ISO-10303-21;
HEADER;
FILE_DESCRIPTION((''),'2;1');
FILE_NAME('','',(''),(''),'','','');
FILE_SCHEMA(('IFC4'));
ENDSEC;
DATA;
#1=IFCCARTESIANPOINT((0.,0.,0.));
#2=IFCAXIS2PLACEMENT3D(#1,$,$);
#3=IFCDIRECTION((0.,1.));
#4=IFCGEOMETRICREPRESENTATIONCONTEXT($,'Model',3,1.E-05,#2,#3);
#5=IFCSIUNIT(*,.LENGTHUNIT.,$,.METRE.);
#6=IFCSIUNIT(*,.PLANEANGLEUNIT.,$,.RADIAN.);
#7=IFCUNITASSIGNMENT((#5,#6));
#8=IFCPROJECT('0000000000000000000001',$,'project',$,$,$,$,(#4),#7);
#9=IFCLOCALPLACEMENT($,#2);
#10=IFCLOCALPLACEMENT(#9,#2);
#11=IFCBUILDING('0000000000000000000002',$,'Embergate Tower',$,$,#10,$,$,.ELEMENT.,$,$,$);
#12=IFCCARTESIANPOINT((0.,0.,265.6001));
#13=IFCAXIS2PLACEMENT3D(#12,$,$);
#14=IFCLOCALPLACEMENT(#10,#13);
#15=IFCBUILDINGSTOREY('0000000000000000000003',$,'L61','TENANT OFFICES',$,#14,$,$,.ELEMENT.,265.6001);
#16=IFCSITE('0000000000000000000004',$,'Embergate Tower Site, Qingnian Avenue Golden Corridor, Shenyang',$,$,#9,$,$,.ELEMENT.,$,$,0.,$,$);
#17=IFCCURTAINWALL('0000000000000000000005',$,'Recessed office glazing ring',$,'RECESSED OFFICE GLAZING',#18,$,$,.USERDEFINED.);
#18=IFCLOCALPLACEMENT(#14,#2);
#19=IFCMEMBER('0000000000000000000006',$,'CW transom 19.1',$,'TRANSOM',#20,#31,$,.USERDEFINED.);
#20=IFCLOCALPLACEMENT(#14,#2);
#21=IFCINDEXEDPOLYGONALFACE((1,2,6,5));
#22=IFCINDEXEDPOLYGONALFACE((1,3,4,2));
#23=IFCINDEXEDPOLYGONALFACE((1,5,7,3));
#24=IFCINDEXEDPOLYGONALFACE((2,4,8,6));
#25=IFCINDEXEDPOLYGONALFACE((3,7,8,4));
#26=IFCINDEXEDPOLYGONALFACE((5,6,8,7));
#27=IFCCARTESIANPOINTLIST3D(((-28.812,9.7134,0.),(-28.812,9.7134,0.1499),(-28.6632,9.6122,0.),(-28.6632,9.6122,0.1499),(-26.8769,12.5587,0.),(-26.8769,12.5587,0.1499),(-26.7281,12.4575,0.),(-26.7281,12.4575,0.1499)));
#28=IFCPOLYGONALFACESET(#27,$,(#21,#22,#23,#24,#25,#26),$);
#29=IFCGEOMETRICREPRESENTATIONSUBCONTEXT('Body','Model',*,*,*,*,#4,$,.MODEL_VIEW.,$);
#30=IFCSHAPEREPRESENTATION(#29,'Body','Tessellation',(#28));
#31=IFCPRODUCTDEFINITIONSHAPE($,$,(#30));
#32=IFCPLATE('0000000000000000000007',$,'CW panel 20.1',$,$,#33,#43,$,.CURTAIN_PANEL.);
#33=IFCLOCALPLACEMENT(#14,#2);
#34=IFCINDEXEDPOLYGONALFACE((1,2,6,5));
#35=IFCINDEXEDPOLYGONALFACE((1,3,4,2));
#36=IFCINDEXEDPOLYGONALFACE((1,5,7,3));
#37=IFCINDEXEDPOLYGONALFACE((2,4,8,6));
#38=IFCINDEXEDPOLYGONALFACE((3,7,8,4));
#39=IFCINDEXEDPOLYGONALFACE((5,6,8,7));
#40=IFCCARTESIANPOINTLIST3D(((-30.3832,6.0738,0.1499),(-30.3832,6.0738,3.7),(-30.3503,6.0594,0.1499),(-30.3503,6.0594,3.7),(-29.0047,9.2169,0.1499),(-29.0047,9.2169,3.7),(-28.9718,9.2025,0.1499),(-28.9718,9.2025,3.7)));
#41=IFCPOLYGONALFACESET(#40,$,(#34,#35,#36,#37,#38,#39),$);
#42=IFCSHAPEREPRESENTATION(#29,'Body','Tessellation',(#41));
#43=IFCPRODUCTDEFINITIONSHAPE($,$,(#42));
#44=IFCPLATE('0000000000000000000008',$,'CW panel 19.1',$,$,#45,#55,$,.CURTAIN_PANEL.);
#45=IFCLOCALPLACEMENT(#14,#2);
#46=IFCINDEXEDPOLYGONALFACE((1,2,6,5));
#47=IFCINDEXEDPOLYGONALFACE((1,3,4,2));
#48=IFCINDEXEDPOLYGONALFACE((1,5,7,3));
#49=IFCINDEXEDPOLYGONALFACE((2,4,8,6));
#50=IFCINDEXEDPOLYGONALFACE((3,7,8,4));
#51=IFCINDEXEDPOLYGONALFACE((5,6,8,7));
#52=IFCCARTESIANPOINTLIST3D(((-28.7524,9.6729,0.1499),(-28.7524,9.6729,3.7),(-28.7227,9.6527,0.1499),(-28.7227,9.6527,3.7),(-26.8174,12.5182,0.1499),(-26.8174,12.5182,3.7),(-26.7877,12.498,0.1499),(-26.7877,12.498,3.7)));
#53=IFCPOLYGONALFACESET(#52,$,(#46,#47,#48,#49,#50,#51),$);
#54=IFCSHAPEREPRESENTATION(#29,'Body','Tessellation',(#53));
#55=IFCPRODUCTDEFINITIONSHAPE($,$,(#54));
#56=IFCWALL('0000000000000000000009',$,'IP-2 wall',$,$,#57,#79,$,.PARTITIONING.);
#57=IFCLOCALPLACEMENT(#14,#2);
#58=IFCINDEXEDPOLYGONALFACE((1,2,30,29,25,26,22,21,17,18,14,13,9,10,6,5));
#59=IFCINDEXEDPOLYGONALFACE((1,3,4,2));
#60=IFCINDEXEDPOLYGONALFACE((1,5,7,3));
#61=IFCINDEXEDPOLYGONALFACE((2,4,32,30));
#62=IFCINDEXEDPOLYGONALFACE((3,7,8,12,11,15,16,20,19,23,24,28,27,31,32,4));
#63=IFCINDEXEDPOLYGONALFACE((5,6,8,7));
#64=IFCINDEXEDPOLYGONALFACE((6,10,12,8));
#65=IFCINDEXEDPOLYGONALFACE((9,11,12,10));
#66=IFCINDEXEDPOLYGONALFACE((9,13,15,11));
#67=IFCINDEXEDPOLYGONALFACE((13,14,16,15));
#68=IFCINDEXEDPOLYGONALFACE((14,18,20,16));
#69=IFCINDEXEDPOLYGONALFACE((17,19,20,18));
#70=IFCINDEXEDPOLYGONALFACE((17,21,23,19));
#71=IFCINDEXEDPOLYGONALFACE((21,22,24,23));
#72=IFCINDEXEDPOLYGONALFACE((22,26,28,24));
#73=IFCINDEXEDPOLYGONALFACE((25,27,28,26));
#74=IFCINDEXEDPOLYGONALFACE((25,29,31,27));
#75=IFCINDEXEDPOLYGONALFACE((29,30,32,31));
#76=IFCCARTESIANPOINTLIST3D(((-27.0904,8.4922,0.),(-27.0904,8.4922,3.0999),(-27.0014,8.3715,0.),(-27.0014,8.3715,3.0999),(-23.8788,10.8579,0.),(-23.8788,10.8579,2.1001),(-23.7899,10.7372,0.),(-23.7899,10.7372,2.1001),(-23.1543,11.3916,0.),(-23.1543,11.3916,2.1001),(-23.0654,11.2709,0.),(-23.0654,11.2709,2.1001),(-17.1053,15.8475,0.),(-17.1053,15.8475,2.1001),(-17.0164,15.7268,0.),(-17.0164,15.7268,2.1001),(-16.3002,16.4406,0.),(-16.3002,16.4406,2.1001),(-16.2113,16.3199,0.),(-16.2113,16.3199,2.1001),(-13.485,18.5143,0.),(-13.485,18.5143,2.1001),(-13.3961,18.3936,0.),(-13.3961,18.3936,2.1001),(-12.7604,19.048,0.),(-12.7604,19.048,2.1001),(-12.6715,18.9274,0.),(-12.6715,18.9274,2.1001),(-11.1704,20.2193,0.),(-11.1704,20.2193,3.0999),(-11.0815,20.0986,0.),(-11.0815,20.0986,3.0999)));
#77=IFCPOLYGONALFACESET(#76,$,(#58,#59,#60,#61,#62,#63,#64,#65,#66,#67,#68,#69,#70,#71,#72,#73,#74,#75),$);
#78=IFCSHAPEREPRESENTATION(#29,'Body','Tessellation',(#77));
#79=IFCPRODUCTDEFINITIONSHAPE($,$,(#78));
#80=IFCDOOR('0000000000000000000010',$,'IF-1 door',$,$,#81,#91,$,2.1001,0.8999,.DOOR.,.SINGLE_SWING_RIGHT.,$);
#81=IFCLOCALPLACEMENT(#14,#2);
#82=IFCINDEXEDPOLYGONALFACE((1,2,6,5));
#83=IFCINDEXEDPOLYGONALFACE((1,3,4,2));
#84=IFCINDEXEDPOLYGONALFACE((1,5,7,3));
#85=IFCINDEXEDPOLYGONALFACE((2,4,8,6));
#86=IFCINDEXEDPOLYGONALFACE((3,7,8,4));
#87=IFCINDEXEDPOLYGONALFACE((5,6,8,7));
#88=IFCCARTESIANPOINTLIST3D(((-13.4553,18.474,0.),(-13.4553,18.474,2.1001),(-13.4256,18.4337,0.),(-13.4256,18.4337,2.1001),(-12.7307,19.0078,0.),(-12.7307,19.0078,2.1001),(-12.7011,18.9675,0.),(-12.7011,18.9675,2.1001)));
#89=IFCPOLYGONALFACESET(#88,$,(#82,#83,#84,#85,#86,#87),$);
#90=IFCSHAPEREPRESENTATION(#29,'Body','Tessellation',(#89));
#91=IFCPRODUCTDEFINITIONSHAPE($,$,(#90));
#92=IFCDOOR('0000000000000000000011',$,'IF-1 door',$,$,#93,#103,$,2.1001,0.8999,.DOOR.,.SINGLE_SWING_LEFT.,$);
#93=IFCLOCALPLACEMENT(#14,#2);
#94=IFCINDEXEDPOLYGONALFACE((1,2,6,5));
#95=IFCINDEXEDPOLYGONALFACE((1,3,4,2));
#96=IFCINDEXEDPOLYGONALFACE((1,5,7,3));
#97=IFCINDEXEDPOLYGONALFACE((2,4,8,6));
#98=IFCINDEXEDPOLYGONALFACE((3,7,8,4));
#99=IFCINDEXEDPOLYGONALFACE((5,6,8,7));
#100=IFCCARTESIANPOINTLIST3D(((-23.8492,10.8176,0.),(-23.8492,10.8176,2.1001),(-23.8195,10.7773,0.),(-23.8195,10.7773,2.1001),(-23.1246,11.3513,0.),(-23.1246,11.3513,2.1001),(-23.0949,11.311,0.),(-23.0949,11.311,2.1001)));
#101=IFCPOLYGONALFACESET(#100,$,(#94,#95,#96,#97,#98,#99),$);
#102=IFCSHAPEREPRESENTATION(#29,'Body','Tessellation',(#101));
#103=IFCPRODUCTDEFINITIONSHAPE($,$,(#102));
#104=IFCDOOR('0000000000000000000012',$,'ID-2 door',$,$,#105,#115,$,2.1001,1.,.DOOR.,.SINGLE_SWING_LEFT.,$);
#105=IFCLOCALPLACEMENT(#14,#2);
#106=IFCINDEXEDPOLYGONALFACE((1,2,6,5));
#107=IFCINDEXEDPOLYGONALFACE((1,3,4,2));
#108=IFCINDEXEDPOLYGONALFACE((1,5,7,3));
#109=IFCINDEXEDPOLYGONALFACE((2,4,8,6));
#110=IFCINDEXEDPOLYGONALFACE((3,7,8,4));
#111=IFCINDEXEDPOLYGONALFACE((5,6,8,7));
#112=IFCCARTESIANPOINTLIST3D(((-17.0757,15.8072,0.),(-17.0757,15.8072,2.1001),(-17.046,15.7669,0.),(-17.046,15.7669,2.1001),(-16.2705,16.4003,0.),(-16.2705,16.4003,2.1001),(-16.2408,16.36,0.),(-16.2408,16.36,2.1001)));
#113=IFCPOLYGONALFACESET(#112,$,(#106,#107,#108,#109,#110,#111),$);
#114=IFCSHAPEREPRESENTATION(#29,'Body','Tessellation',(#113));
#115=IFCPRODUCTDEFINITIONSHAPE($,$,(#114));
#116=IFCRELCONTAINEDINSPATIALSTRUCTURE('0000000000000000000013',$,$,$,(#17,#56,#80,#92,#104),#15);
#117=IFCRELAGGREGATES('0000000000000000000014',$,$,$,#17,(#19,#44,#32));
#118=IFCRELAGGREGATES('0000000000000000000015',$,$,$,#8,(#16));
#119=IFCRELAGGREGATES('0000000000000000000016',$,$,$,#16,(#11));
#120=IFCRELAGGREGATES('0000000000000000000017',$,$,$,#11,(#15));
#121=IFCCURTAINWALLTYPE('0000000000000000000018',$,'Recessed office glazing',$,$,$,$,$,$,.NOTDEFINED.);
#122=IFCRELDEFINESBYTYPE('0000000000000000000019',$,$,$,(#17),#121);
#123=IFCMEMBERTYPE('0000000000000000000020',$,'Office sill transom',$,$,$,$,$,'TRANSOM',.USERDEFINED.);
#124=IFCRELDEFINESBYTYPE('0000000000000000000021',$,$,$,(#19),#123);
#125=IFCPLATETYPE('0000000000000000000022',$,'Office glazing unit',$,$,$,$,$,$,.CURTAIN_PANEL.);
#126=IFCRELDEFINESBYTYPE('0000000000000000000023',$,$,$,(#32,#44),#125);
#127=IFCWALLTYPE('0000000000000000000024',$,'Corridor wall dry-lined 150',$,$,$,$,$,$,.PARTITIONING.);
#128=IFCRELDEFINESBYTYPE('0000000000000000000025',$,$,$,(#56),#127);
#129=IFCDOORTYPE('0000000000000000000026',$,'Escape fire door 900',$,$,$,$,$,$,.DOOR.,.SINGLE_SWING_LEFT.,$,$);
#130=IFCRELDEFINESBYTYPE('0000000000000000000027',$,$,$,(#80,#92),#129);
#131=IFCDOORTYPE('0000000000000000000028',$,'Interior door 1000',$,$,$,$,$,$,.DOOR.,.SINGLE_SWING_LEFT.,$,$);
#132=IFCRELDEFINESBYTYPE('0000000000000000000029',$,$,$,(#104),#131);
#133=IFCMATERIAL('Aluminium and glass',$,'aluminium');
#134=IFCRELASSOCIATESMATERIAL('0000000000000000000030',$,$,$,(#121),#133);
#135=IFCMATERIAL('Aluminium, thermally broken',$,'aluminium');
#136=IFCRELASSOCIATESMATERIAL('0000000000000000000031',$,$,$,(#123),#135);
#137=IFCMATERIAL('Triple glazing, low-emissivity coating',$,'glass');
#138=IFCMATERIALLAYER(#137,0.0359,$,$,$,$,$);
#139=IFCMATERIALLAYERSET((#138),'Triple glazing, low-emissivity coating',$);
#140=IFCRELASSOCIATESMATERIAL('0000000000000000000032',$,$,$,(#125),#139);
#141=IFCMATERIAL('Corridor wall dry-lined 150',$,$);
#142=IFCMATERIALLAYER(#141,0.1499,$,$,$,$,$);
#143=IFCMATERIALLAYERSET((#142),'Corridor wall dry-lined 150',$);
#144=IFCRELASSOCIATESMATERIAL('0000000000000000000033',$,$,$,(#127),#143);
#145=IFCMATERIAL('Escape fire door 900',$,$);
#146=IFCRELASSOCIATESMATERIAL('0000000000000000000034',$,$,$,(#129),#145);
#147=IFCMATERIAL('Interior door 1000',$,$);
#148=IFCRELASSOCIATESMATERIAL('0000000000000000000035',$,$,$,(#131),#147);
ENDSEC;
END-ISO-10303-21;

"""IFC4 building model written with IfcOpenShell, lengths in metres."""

from ifc_helpers import new_model, si_unit, direction, frame, frame_2d, origin, origin_2d, place, context, subcontext, project, spatial, rectangle, extrude, source, transform, mapped, material, layer, layer_set, material_profile, profile_set, type_object, element, fill, aggregate, save


model = new_model("IFC4")

# Units and contexts
model_context = context("Model", 3, precision=1e-05, world=origin(), true_north=direction((0.0, 1.0)))
body_context = subcontext(model_context, "Body", "Model", "MODEL_VIEW")
ifc_project = project(units=[si_unit("LENGTHUNIT", "METRE"), si_unit("PLANEANGLEUNIT", "RADIAN")], contexts=[model_context])

# Site, building, storey
site_placement = place(None, origin())
site = spatial("IfcSite", under=ifc_project, at=site_placement, Name="Embergate Tower Site, Qingnian Avenue Golden Corridor, Shenyang", CompositionType="ELEMENT", RefElevation=0.0)
building_placement = place(site_placement, origin())
building = spatial("IfcBuilding", under=site, at=building_placement, Name="Embergate Tower", CompositionType="ELEMENT")
storey_placement = place(building_placement, frame((0.0, 0.0, 265.6001)))
storey = spatial("IfcBuildingStorey", under=building, at=storey_placement, Name="L61", Description="TENANT OFFICES", CompositionType="ELEMENT", Elevation=265.6001)

# Curtain wall, member, plates
ifc_material_1 = material(Name="Aluminium and glass", Category="aluminium")
curtain_wall_type = type_object("IfcCurtainWallType", Name="Recessed office glazing", PredefinedType="NOTDEFINED", material=ifc_material_1)
curtain_wall_placement = place(storey_placement, origin())
curtain_wall = element("IfcCurtainWall", 1, at=curtain_wall_placement, inside=storey, type_object=curtain_wall_type, Name="Recessed office glazing ring", ObjectType="RECESSED OFFICE GLAZING", PredefinedType="USERDEFINED")
ifc_material_2 = material(Name="Aluminium, thermally broken", Category="aluminium")
ifc_material_profile_1 = material_profile(ifc_material_2, rectangle(XDim=0.1799, YDim=0.1499, at=origin_2d()), Name="AL 150x180")
ifc_profile_set_1 = profile_set([ifc_material_profile_1], Name="Aluminium, thermally broken")
member_type_1 = type_object("IfcMemberType", Name="Office sill transom", ElementType="TRANSOM", PredefinedType="USERDEFINED", material=ifc_profile_set_1)
shared_shape_1 = source(origin(), body_context, "Body", "SweptSolid", [
    extrude(rectangle(XDim=0.1799, YDim=0.1499, at=origin_2d()), origin(), (0.0, 0.0, 1.0), 3.4409),
])
member_1_placement = place(storey_placement, frame((-26.8025, 12.5081, 0.075), z_axis=(-0.562372, -0.826884, 0.0), x_axis=(0.826884, -0.562372, 0.0)))
member_1 = element("IfcMember", 2, at=member_1_placement, type_object=member_type_1, Name="CW transom 19.1", ObjectType="TRANSOM", PredefinedType="USERDEFINED", context=body_context, shape_type="MappedRepresentation", body=[
    mapped(shared_shape_1, transform((0.0, 0.0, 0.0))),
])
ifc_material_3 = material(Name="Triple glazing, low-emissivity coating", Category="glass")
ifc_layer_1 = layer(ifc_material_3, 0.0359)
ifc_layer_set_1 = layer_set([ifc_layer_1], Name="Triple glazing, low-emissivity coating")
plate_type = type_object("IfcPlateType", Name="Office glazing unit", PredefinedType="CURTAIN_PANEL", material=ifc_layer_set_1)
shared_shape_2 = source(origin(), body_context, "Body", "SweptSolid", [
    extrude(rectangle(XDim=3.4321, YDim=0.0359, at=origin_2d()), origin(), (0.0, 0.0, 1.0), 3.55),
])
plate_1_placement = place(storey_placement, frame((-29.6775, 7.6382, 0.1499), z_axis=(0.0, 0.0, 1.0), x_axis=(-0.401658, -0.91579, 0.0)))
plate_1 = element("IfcPlate", 3, at=plate_1_placement, type_object=plate_type, Name="CW panel 20.1", PredefinedType="CURTAIN_PANEL", context=body_context, shape_type="MappedRepresentation", body=[
    mapped(shared_shape_2, transform((0.0, 0.0, 0.0))),
])
shared_shape_3 = source(origin(), body_context, "Body", "SweptSolid", [
    extrude(rectangle(XDim=3.4409, YDim=0.0359, at=origin_2d()), origin(), (0.0, 0.0, 1.0), 3.55),
])
plate_2_placement = place(storey_placement, frame((-27.77, 11.0854, 0.1499), z_axis=(0.0, 0.0, 1.0), x_axis=(-0.562349, -0.8269, 0.0)))
plate_2 = element("IfcPlate", 4, at=plate_2_placement, type_object=plate_type, Name="CW panel 19.1", PredefinedType="CURTAIN_PANEL", context=body_context, shape_type="MappedRepresentation", body=[
    mapped(shared_shape_3, transform((0.0, 0.0, 0.0))),
])
aggregate(curtain_wall, [member_1, plate_2, plate_1])

# Wall, openings, doors
ifc_material_4 = material(Name="Corridor wall dry-lined 150")
ifc_layer_2 = layer(ifc_material_4, 0.1499)
ifc_layer_set_2 = layer_set([ifc_layer_2], Name="Corridor wall dry-lined 150")
wall_type_1 = type_object("IfcWallType", Name="Corridor wall dry-lined 150", PredefinedType="PARTITIONING", material=ifc_layer_set_2)
shared_shape_4 = source(origin(), body_context, "Body", "SweptSolid", [
    extrude(rectangle(XDim=19.7729, YDim=0.1499, at=frame_2d((9.8865, 0.0))), origin(), (0.0, 0.0, 1.0), 3.0999),
])
wall_1_placement = place(storey_placement, frame((-27.0459, 8.4319, 0.0), z_axis=(0.0, 0.0, 1.0), x_axis=(0.805138, 0.593087, 0.0)))
wall_1 = element("IfcWall", 5, at=wall_1_placement, inside=storey, type_object=wall_type_1, Name="IP-2 wall", PredefinedType="PARTITIONING", context=body_context, shape_type="MappedRepresentation", body=[
    mapped(shared_shape_4, transform((0.0, 0.0, 0.0))),
])
shared_shape_5 = source(origin(), body_context, "Body", "SweptSolid", [
    extrude(rectangle(XDim=0.8999, YDim=2.1001, at=frame_2d((0.45, 1.05))), frame((0.0, 0.085, 0.0), z_axis=(0.0, -1.0, 0.0), x_axis=(1.0, 0.0, 0.0)), (0.0, 0.0, 1.0), 0.1699),
])
opening_1_placement = place(wall_1_placement, frame((16.8982, 0.0, 0.0)))
opening_1 = element("IfcOpeningElement", 6, at=opening_1_placement, cuts=wall_1, PredefinedType="OPENING", context=body_context, shape_type="MappedRepresentation", body=[
    mapped(shared_shape_5, transform((0.0, 0.0, 0.0))),
])
shared_shape_6 = source(origin(), body_context, "Body", "SweptSolid", [
    extrude(rectangle(XDim=1.0, YDim=2.1001, at=frame_2d((0.5, 1.05))), frame((0.0, 0.085, 0.0), z_axis=(0.0, -1.0, 0.0), x_axis=(1.0, 0.0, 0.0)), (0.0, 0.0, 1.0), 0.1699),
])
opening_2_placement = place(wall_1_placement, frame((12.4016, 0.0, 0.0)))
opening_2 = element("IfcOpeningElement", 7, at=opening_2_placement, cuts=wall_1, PredefinedType="OPENING", context=body_context, shape_type="MappedRepresentation", body=[
    mapped(shared_shape_6, transform((0.0, 0.0, 0.0))),
])
opening_3_placement = place(wall_1_placement, frame((3.9888, 0.0, 0.0)))
opening_3 = element("IfcOpeningElement", 8, at=opening_3_placement, cuts=wall_1, PredefinedType="OPENING", context=body_context, shape_type="MappedRepresentation", body=[
    mapped(shared_shape_5, transform((0.0, 0.0, 0.0))),
])
ifc_material_5 = material(Name="Escape fire door 900")
door_type_1 = type_object("IfcDoorType", Name="Escape fire door 900", OperationType="SINGLE_SWING_LEFT", PredefinedType="DOOR", material=ifc_material_5)
shared_shape_7 = source(origin(), body_context, "Body", "SweptSolid", [
    extrude(rectangle(XDim=0.8999, YDim=2.1001, at=frame_2d((0.45, 1.05))), frame((0.0, 0.0249, 0.0), z_axis=(0.0, -1.0, 0.0), x_axis=(1.0, 0.0, 0.0)), (0.0, 0.0, 1.0), 0.05),
])
door_1_placement = place(opening_1_placement, origin())
door_1 = element("IfcDoor", 9, at=door_1_placement, inside=storey, type_object=door_type_1, Name="IF-1 door", OperationType="SINGLE_SWING_RIGHT", OverallHeight=2.1001, OverallWidth=0.8999, PredefinedType="DOOR", context=body_context, shape_type="MappedRepresentation", body=[
    mapped(shared_shape_7, transform((0.0, 0.0, 0.0))),
])
fill(opening_1, door_1)
door_2_placement = place(opening_3_placement, origin())
door_2 = element("IfcDoor", 10, at=door_2_placement, inside=storey, type_object=door_type_1, Name="IF-1 door", OperationType="SINGLE_SWING_LEFT", OverallHeight=2.1001, OverallWidth=0.8999, PredefinedType="DOOR", context=body_context, shape_type="MappedRepresentation", body=[
    mapped(shared_shape_7, transform((0.0, 0.0, 0.0))),
])
fill(opening_3, door_2)
ifc_material_6 = material(Name="Interior door 1000")
door_type_2 = type_object("IfcDoorType", Name="Interior door 1000", OperationType="SINGLE_SWING_LEFT", PredefinedType="DOOR", material=ifc_material_6)
shared_shape_8 = source(origin(), body_context, "Body", "SweptSolid", [
    extrude(rectangle(XDim=1.0, YDim=2.1001, at=frame_2d((0.5, 1.05))), frame((0.0, 0.0249, 0.0), z_axis=(0.0, -1.0, 0.0), x_axis=(1.0, 0.0, 0.0)), (0.0, 0.0, 1.0), 0.05),
])
door_3_placement = place(opening_2_placement, origin())
door_3 = element("IfcDoor", 11, at=door_3_placement, inside=storey, type_object=door_type_2, Name="ID-2 door", OperationType="SINGLE_SWING_LEFT", OverallHeight=2.1001, OverallWidth=1.0, PredefinedType="DOOR", context=body_context, shape_type="MappedRepresentation", body=[
    mapped(shared_shape_8, transform((0.0, 0.0, 0.0))),
])
fill(opening_2, door_3)

save(model, "model.ifc")
